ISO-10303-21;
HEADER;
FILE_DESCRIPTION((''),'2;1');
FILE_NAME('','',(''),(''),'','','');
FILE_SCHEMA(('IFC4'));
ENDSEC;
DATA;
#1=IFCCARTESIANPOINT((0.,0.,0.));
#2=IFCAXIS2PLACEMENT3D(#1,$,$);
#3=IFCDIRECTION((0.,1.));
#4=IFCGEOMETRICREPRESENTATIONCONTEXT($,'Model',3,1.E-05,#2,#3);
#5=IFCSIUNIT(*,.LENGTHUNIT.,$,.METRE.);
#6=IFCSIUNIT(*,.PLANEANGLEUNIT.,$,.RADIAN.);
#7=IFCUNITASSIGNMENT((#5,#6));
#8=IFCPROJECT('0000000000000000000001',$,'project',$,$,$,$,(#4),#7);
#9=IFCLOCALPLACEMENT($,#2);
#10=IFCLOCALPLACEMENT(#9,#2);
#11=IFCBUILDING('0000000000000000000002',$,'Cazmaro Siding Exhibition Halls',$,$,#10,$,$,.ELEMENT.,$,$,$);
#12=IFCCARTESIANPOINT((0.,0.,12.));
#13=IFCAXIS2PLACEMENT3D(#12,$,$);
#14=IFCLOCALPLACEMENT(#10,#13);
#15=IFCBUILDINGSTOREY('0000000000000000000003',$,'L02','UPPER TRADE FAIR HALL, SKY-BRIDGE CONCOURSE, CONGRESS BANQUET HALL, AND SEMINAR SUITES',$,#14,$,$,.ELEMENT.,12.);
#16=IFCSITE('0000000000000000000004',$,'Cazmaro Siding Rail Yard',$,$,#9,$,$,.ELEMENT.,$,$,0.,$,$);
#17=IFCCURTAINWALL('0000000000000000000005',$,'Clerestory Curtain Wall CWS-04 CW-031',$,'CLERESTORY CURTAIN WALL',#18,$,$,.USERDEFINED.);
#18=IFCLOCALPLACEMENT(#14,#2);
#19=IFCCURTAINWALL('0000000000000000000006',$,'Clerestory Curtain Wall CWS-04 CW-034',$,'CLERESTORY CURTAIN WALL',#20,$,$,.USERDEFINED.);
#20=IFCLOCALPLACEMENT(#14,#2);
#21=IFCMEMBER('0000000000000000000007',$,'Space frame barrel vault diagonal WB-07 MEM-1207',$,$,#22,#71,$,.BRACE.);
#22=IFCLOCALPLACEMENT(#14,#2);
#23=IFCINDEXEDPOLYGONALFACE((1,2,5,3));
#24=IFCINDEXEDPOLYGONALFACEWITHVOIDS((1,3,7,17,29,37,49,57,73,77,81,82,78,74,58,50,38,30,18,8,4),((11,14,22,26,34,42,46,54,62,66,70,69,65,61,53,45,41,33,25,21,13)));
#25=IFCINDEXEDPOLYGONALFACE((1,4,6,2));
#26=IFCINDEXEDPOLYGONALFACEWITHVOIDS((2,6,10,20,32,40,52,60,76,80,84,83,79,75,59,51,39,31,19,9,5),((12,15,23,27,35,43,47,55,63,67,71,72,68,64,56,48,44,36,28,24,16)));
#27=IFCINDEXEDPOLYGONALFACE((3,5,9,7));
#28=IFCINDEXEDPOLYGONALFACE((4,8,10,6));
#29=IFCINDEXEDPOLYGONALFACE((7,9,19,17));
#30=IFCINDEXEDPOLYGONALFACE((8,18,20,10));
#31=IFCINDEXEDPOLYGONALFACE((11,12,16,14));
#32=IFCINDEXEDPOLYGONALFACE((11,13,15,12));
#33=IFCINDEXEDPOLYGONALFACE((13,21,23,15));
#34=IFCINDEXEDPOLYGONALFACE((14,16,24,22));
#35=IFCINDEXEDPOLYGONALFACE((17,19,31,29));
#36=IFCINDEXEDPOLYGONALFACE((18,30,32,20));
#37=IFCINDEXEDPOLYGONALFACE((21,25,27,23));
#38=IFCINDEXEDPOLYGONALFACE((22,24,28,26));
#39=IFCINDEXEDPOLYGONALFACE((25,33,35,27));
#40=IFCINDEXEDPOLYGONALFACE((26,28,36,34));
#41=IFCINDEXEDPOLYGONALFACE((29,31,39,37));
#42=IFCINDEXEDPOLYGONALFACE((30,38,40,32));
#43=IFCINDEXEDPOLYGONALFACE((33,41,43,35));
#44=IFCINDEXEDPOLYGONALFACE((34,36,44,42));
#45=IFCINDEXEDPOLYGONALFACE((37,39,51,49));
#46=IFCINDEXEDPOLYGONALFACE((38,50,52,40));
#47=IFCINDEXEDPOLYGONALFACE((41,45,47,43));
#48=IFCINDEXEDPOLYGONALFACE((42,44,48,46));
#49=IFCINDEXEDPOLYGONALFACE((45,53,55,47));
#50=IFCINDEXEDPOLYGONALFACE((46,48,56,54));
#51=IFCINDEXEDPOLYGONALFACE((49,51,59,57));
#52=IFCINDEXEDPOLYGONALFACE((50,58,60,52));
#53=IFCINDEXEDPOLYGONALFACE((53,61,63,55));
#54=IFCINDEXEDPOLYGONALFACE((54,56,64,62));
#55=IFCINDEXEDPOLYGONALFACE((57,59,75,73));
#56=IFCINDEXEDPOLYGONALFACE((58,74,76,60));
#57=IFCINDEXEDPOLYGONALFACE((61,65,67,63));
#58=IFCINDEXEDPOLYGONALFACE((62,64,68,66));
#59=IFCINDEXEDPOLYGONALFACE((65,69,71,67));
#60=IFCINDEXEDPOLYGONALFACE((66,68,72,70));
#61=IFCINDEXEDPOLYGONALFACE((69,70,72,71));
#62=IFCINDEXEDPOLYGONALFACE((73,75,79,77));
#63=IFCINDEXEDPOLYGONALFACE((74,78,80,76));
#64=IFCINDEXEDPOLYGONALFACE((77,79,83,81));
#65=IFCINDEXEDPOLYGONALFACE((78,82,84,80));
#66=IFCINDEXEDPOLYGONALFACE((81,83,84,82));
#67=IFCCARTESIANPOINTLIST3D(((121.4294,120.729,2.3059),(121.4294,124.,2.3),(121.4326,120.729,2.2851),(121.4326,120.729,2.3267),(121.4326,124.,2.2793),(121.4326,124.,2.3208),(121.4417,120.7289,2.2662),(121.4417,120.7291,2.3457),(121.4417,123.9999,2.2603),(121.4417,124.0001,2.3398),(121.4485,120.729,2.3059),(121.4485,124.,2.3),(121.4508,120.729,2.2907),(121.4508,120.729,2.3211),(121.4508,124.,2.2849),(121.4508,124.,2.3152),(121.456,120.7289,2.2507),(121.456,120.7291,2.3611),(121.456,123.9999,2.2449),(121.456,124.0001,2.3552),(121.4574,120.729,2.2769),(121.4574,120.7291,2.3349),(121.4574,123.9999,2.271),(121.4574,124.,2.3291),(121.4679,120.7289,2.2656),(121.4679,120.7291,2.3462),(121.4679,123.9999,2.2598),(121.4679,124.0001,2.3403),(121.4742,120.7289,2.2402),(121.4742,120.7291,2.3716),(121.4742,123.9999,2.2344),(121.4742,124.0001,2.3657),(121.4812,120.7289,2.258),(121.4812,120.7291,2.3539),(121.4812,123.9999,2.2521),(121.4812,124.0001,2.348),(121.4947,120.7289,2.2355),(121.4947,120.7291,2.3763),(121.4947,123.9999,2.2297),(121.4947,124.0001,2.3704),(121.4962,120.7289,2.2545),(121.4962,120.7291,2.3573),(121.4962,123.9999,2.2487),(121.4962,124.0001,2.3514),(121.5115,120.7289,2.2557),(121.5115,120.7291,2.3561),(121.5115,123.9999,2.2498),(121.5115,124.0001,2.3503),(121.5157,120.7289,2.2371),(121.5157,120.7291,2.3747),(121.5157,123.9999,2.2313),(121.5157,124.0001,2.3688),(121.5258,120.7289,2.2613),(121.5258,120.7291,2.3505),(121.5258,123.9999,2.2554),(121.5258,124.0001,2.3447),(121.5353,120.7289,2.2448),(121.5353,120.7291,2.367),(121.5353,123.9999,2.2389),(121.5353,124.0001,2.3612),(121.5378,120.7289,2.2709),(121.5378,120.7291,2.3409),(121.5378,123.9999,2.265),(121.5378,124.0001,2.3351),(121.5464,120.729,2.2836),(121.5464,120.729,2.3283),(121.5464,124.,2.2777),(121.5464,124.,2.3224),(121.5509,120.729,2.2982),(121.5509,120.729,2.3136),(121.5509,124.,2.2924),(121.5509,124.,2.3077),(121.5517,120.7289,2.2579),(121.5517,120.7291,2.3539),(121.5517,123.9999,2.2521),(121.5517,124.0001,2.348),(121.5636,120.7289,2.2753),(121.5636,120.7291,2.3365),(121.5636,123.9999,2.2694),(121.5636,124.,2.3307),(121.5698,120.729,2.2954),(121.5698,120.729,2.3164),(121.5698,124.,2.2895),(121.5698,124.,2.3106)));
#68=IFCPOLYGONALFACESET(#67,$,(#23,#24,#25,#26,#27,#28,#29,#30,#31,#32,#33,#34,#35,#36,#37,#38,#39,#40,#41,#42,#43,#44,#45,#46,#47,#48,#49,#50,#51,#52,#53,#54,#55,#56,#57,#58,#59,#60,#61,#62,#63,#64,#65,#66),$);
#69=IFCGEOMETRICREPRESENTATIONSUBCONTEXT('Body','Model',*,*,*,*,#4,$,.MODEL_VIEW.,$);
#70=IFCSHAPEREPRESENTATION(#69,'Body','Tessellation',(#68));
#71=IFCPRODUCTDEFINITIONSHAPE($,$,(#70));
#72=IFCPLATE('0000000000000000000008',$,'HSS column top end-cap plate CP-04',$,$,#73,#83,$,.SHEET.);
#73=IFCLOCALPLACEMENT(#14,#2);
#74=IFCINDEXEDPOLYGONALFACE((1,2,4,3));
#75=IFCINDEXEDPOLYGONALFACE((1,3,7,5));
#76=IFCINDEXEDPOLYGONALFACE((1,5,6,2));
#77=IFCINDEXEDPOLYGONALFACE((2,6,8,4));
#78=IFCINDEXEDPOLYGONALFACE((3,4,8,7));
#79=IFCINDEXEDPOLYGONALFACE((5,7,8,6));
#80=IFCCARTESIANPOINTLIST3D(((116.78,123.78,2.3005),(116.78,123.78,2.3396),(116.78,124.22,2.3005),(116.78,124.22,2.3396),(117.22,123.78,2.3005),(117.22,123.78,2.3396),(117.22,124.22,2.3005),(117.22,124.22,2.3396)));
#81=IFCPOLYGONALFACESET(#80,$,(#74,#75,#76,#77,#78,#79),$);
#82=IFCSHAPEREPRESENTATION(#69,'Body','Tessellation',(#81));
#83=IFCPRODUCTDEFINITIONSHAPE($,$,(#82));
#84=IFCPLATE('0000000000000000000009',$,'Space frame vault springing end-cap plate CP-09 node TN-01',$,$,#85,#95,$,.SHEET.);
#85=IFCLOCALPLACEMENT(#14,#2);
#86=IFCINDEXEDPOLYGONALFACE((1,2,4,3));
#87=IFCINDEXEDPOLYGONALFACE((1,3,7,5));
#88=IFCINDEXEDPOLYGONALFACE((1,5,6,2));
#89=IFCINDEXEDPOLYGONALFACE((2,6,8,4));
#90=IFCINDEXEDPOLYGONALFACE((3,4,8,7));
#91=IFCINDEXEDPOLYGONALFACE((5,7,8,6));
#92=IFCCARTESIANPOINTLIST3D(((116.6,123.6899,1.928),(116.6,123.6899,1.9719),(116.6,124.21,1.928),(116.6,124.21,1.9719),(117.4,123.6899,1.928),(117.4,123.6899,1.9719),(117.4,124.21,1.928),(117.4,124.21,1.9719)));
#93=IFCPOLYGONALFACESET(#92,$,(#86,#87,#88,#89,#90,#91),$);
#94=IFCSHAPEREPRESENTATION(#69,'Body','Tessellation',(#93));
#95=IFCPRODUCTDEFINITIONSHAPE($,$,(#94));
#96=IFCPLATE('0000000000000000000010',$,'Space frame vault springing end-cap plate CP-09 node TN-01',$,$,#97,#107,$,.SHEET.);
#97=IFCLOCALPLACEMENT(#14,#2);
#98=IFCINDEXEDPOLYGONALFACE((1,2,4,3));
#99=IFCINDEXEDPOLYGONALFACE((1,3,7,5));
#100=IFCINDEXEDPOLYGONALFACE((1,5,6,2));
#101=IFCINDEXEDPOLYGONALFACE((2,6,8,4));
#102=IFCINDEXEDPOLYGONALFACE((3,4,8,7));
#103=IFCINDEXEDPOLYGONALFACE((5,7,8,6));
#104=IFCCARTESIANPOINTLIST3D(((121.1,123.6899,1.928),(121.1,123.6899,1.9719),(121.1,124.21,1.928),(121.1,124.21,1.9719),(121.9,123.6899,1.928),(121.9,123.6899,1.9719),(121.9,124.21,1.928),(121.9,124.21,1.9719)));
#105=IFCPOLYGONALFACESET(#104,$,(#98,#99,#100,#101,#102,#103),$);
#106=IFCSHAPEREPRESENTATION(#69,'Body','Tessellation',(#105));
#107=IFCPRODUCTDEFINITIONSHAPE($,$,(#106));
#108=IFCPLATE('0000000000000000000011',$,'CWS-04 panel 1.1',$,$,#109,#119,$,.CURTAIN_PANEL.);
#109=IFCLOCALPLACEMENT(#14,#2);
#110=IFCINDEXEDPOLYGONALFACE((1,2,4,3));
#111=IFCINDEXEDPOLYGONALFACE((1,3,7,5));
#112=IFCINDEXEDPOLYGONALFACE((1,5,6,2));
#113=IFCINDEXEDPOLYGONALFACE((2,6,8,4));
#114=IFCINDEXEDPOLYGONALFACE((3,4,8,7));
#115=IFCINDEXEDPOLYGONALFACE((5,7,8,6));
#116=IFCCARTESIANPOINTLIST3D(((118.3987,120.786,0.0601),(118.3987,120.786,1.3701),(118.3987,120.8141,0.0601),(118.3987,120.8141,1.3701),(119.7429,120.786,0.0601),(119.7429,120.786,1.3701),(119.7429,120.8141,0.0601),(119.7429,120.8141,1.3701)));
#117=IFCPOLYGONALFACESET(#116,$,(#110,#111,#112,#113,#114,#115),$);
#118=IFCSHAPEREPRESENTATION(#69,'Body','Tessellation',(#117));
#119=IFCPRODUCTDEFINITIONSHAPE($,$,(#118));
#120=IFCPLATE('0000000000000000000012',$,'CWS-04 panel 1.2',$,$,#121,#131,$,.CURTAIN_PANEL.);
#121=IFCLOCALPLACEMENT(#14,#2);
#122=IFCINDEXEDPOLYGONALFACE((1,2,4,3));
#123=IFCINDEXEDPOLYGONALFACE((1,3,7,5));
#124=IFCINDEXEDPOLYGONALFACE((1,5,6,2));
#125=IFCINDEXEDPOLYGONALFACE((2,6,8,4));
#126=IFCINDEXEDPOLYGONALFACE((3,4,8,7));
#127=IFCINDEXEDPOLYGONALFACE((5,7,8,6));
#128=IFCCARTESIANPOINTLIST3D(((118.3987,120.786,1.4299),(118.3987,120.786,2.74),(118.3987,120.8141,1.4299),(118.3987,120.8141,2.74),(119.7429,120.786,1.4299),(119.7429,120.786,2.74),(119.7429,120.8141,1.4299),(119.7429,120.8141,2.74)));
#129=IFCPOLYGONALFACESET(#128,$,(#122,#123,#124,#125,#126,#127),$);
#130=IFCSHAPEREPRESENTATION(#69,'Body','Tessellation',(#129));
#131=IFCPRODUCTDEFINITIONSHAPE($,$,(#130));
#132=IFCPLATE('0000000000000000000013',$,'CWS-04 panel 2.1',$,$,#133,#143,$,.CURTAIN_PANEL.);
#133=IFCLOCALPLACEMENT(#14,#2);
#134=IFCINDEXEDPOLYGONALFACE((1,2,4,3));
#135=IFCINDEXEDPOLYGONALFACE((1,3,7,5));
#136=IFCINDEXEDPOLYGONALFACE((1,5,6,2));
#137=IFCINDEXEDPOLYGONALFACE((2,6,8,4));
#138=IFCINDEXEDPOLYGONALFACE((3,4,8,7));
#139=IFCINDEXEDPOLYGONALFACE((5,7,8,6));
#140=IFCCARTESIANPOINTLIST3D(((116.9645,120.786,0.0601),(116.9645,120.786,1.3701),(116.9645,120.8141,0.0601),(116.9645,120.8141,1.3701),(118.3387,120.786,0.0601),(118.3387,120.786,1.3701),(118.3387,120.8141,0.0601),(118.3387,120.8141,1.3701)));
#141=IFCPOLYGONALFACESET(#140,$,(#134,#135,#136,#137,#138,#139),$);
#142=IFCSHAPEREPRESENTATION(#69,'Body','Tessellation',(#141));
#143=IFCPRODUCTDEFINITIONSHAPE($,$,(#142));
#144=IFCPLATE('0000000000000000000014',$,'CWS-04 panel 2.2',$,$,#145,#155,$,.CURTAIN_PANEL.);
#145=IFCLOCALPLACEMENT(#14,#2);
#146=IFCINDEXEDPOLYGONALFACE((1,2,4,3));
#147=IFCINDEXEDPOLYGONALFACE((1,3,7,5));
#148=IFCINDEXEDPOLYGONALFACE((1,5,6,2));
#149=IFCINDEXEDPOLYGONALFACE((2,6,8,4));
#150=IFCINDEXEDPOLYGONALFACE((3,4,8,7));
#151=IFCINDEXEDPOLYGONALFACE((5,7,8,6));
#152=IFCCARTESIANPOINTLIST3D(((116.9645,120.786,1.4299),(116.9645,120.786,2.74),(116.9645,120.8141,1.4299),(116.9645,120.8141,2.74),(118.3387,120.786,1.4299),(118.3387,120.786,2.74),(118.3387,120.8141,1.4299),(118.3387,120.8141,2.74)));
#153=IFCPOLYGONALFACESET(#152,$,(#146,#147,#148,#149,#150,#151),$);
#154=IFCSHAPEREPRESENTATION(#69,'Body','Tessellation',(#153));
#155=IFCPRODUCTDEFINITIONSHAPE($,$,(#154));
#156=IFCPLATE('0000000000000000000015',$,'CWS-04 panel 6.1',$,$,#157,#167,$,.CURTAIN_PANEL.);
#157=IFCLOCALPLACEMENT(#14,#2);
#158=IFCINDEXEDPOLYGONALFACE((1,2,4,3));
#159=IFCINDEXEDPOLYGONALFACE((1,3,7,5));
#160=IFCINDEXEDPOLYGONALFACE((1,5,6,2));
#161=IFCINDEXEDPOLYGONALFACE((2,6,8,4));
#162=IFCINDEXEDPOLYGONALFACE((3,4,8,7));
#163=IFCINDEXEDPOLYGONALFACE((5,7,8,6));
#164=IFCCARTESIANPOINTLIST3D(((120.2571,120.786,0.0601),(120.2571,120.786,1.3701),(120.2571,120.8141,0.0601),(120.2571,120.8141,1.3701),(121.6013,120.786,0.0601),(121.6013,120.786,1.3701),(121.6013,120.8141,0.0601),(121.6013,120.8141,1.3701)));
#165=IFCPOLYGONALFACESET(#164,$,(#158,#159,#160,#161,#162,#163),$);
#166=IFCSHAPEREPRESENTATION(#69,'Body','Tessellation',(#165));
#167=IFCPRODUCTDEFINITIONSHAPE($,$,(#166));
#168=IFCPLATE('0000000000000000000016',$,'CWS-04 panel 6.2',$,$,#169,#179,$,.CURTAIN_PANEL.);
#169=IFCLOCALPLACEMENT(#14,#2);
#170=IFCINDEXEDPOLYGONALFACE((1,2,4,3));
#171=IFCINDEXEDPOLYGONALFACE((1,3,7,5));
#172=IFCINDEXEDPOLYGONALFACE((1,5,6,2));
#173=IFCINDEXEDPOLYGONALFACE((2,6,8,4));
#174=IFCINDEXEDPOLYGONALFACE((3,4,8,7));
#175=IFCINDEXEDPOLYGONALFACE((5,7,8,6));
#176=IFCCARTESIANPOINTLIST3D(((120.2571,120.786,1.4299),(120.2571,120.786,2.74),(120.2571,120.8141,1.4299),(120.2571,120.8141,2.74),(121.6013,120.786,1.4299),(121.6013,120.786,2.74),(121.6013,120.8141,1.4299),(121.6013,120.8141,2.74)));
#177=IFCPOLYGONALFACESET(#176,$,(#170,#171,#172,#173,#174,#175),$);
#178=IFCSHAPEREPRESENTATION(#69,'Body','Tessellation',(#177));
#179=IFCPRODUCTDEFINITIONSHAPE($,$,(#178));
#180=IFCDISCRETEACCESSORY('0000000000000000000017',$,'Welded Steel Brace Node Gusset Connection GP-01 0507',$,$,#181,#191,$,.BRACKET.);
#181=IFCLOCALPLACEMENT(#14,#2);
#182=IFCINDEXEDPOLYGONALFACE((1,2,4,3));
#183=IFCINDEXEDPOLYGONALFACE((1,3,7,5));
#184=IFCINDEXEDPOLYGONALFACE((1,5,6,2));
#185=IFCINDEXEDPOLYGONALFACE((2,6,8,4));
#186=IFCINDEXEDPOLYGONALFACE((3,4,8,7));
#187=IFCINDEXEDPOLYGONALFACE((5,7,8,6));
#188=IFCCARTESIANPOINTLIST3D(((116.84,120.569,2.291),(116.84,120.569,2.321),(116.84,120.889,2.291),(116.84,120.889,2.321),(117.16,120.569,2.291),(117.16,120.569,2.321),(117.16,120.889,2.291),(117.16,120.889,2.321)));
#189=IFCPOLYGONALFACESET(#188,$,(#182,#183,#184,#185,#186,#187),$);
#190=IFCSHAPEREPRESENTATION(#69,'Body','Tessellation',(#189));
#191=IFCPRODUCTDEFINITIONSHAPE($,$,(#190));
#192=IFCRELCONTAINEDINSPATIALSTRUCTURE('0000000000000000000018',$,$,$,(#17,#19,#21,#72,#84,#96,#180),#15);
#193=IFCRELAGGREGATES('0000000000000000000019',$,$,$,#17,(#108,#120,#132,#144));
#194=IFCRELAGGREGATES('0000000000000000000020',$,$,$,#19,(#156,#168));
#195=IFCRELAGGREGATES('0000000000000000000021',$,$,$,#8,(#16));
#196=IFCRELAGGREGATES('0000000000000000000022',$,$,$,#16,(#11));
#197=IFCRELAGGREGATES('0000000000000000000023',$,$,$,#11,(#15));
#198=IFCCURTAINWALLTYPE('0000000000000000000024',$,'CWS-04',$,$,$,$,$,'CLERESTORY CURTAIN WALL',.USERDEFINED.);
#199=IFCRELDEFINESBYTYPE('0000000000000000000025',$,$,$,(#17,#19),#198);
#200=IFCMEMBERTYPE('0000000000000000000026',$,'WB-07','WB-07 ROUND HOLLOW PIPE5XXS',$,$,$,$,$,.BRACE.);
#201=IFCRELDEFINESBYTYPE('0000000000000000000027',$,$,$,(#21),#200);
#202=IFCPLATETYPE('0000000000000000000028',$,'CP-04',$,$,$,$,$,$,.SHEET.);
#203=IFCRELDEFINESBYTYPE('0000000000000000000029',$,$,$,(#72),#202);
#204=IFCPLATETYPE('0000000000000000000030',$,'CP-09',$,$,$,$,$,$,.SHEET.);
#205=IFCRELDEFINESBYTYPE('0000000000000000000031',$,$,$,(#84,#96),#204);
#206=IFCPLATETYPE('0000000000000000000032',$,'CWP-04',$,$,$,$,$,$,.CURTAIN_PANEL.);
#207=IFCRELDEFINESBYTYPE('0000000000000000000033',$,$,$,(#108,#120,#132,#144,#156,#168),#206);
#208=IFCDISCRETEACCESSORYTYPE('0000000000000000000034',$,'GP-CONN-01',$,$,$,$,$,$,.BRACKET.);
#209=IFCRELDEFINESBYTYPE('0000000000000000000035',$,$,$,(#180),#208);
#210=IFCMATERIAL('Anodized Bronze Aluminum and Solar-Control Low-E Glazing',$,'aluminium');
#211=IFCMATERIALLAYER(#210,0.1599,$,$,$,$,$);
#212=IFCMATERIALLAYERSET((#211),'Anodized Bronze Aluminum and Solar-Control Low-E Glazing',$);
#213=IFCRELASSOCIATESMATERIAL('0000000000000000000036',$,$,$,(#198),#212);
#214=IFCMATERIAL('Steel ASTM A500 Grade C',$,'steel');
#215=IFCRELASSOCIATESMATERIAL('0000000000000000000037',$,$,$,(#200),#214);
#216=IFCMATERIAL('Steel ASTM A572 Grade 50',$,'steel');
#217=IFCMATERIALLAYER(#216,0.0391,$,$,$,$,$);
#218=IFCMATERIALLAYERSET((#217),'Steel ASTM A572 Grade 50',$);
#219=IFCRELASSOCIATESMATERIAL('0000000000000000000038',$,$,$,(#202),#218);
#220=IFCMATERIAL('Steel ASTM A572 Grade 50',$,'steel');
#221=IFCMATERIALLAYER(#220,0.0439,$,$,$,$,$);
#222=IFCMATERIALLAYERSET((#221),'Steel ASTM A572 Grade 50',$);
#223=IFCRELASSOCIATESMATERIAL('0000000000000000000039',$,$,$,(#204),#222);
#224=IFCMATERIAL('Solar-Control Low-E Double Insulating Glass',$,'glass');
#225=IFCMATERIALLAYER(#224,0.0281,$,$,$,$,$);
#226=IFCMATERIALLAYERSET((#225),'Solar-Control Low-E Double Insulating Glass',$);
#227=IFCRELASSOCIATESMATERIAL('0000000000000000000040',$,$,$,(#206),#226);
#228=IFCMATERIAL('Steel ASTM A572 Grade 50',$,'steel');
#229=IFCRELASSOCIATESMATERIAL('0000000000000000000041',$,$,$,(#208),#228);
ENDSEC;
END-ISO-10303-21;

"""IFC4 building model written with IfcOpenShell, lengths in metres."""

from ifc_helpers import new_model, si_unit, direction, frame, origin, origin_2d, place, context, subcontext, project, spatial, rectangle, hollow_circle, extrude, material, layer, layer_set, material_profile, profile_set, type_object, element, aggregate, save


model = new_model("IFC4")

# Units and contexts
model_context = context("Model", 3, precision=1e-05, world=origin(), true_north=direction((0.0, 1.0)))
body_context = subcontext(model_context, "Body", "Model", "MODEL_VIEW")
ifc_project = project(units=[si_unit("LENGTHUNIT", "METRE"), si_unit("PLANEANGLEUNIT", "RADIAN")], contexts=[model_context])

# Site, building, storey
site_placement = place(None, origin())
site = spatial("IfcSite", under=ifc_project, at=site_placement, Name="Cazmaro Siding Rail Yard", CompositionType="ELEMENT", RefElevation=0.0)
building_placement = place(site_placement, origin())
building = spatial("IfcBuilding", under=site, at=building_placement, Name="Cazmaro Siding Exhibition Halls", CompositionType="ELEMENT")
storey_placement = place(building_placement, frame((0.0, 0.0, 12.0)))
storey = spatial("IfcBuildingStorey", under=building, at=storey_placement, Name="L02", Description="UPPER TRADE FAIR HALL, SKY-BRIDGE CONCOURSE, CONGRESS BANQUET HALL, AND SEMINAR SUITES", CompositionType="ELEMENT", Elevation=12.0)

# Curtain wall
ifc_material_1 = material(Name="Anodized Bronze Aluminum and Solar-Control Low-E Glazing", Category="aluminium")
ifc_layer_1 = layer(ifc_material_1, 0.1599)
ifc_layer_set_1 = layer_set([ifc_layer_1], Name="Anodized Bronze Aluminum and Solar-Control Low-E Glazing")
curtain_wall_type = type_object("IfcCurtainWallType", Name="CWS-04", ElementType="CLERESTORY CURTAIN WALL", PredefinedType="USERDEFINED", material=ifc_layer_set_1)
curtain_wall_1_placement = place(storey_placement, origin())
curtain_wall_1 = element("IfcCurtainWall", 1, at=curtain_wall_1_placement, inside=storey, type_object=curtain_wall_type, Name="Clerestory Curtain Wall CWS-04 CW-031", ObjectType="CLERESTORY CURTAIN WALL", PredefinedType="USERDEFINED")

# Curtain wall
curtain_wall_2_placement = place(storey_placement, origin())
curtain_wall_2 = element("IfcCurtainWall", 2, at=curtain_wall_2_placement, inside=storey, type_object=curtain_wall_type, Name="Clerestory Curtain Wall CWS-04 CW-034", ObjectType="CLERESTORY CURTAIN WALL", PredefinedType="USERDEFINED")

# Member
ifc_material_2 = material(Name="Steel ASTM A500 Grade C", Category="steel")
ifc_material_profile_1 = material_profile(ifc_material_2, hollow_circle(Radius=0.0706, WallThickness=0.019, at=origin_2d()), Name="PIPE5XXS")
ifc_profile_set_1 = profile_set([ifc_material_profile_1], Name="Steel ASTM A500 Grade C")
member_type_1 = type_object("IfcMemberType", Name="WB-07", Description="WB-07 ROUND HOLLOW PIPE5XXS", PredefinedType="BRACE", material=ifc_profile_set_1)
for number, where, z_axis, x_axis, name in (
    (3, (121.5, 120.729, 2.3059), (0.0, 0.999998, -0.001791), (-1.0, 0.0, 0.0), "Space frame barrel vault diagonal WB-07 MEM-1207"),
):
    element("IfcMember", number, at=place(storey_placement, frame(where, z_axis=z_axis, x_axis=x_axis)), inside=storey, type_object=member_type_1, Name=name, PredefinedType="BRACE", context=body_context, shape_type="SweptSolid", body=[
        extrude(hollow_circle(Radius=0.0706, WallThickness=0.019, at=origin_2d()), origin(), (0.0, 0.0, 1.0), 3.271),
    ])

# Plates
ifc_material_3 = material(Name="Steel ASTM A572 Grade 50", Category="steel")
ifc_layer_2 = layer(ifc_material_3, 0.0391)
ifc_layer_set_2 = layer_set([ifc_layer_2], Name="Steel ASTM A572 Grade 50")
plate_type_1 = type_object("IfcPlateType", Name="CP-04", PredefinedType="SHEET", material=ifc_layer_set_2)
plate_1_placement = place(storey_placement, frame((117.0, 124.0, 2.3005), z_axis=(0.0, 0.0, 1.0), x_axis=(1.0, 0.0, 0.0)))
element("IfcPlate", 4, at=plate_1_placement, inside=storey, type_object=plate_type_1, Name="HSS column top end-cap plate CP-04", PredefinedType="SHEET", context=body_context, shape_type="SweptSolid", body=[
    extrude(rectangle(XDim=0.4399, YDim=0.4399, at=origin_2d()), origin(), (0.0, 0.0, 1.0), 0.0391),
])
ifc_material_4 = material(Name="Steel ASTM A572 Grade 50", Category="steel")
ifc_layer_3 = layer(ifc_material_4, 0.0439)
ifc_layer_set_3 = layer_set([ifc_layer_3], Name="Steel ASTM A572 Grade 50")
plate_type_2 = type_object("IfcPlateType", Name="CP-09", PredefinedType="SHEET", material=ifc_layer_set_3)
for number, where, z_axis, x_axis, name in (
    (5, (117.0, 123.95, 1.928), (0.0, 0.0, 1.0), (1.0, 0.0, 0.0), "Space frame vault springing end-cap plate CP-09 node TN-01"),
    (6, (121.5, 123.95, 1.928), (0.0, 0.0, 1.0), (1.0, 0.0, 0.0), "Space frame vault springing end-cap plate CP-09 node TN-01"),
):
    element("IfcPlate", number, at=place(storey_placement, frame(where, z_axis=z_axis, x_axis=x_axis)), inside=storey, type_object=plate_type_2, Name=name, PredefinedType="SHEET", context=body_context, shape_type="SweptSolid", body=[
        extrude(rectangle(XDim=0.8, YDim=0.52, at=origin_2d()), origin(), (0.0, 0.0, 1.0), 0.0439),
    ])

# Plates
ifc_material_5 = material(Name="Solar-Control Low-E Double Insulating Glass", Category="glass")
ifc_layer_4 = layer(ifc_material_5, 0.0281)
ifc_layer_set_4 = layer_set([ifc_layer_4], Name="Solar-Control Low-E Double Insulating Glass")
plate_type_3 = type_object("IfcPlateType", Name="CWP-04", PredefinedType="CURTAIN_PANEL", material=ifc_layer_set_4)
plate_2_placement = place(storey_placement, frame((119.0708, 120.8, 0.0601), z_axis=(0.0, 0.0, 1.0), x_axis=(-1.0, 0.0, 0.0)))
plate_2 = element("IfcPlate", 7, at=plate_2_placement, type_object=plate_type_3, Name="CWS-04 panel 1.1", PredefinedType="CURTAIN_PANEL", context=body_context, shape_type="SweptSolid", body=[
    extrude(rectangle(XDim=1.3442, YDim=0.0281, at=origin_2d()), origin(), (0.0, 0.0, 1.0), 1.3101),
])
plate_3_placement = place(storey_placement, frame((119.0708, 120.8, 1.4299), z_axis=(0.0, 0.0, 1.0), x_axis=(-1.0, 0.0, 0.0)))
plate_3 = element("IfcPlate", 8, at=plate_3_placement, type_object=plate_type_3, Name="CWS-04 panel 1.2", PredefinedType="CURTAIN_PANEL", context=body_context, shape_type="SweptSolid", body=[
    extrude(rectangle(XDim=1.3442, YDim=0.0281, at=origin_2d()), origin(), (0.0, 0.0, 1.0), 1.3101),
])
plate_4_placement = place(storey_placement, frame((117.6516, 120.8, 0.0601), z_axis=(0.0, 0.0, 1.0), x_axis=(-1.0, 0.0, 0.0)))
plate_4 = element("IfcPlate", 9, at=plate_4_placement, type_object=plate_type_3, Name="CWS-04 panel 2.1", PredefinedType="CURTAIN_PANEL", context=body_context, shape_type="SweptSolid", body=[
    extrude(rectangle(XDim=1.3743, YDim=0.0281, at=origin_2d()), origin(), (0.0, 0.0, 1.0), 1.3101),
])
plate_5_placement = place(storey_placement, frame((117.6516, 120.8, 1.4299), z_axis=(0.0, 0.0, 1.0), x_axis=(-1.0, 0.0, 0.0)))
plate_5 = element("IfcPlate", 10, at=plate_5_placement, type_object=plate_type_3, Name="CWS-04 panel 2.2", PredefinedType="CURTAIN_PANEL", context=body_context, shape_type="SweptSolid", body=[
    extrude(rectangle(XDim=1.3743, YDim=0.0281, at=origin_2d()), origin(), (0.0, 0.0, 1.0), 1.3101),
])
aggregate(curtain_wall_1, [plate_2, plate_3, plate_4, plate_5])
plate_6_placement = place(storey_placement, frame((120.9292, 120.8, 0.0601), z_axis=(0.0, 0.0, 1.0), x_axis=(-1.0, 0.0, 0.0)))
plate_6 = element("IfcPlate", 11, at=plate_6_placement, type_object=plate_type_3, Name="CWS-04 panel 6.1", PredefinedType="CURTAIN_PANEL", context=body_context, shape_type="SweptSolid", body=[
    extrude(rectangle(XDim=1.3442, YDim=0.0281, at=origin_2d()), origin(), (0.0, 0.0, 1.0), 1.3101),
])
plate_7_placement = place(storey_placement, frame((120.9292, 120.8, 1.4299), z_axis=(0.0, 0.0, 1.0), x_axis=(-1.0, 0.0, 0.0)))
plate_7 = element("IfcPlate", 12, at=plate_7_placement, type_object=plate_type_3, Name="CWS-04 panel 6.2", PredefinedType="CURTAIN_PANEL", context=body_context, shape_type="SweptSolid", body=[
    extrude(rectangle(XDim=1.3442, YDim=0.0281, at=origin_2d()), origin(), (0.0, 0.0, 1.0), 1.3101),
])
aggregate(curtain_wall_2, [plate_6, plate_7])

# Discrete accessory
ifc_material_6 = material(Name="Steel ASTM A572 Grade 50", Category="steel")
discrete_accessory_type = type_object("IfcDiscreteAccessoryType", Name="GP-CONN-01", PredefinedType="BRACKET", material=ifc_material_6)
for number, where, z_axis, x_axis, name in (
    (13, (117.0, 120.729, 2.291), (0.0, 0.0, 1.0), (1.0, 0.0, 0.0), "Welded Steel Brace Node Gusset Connection GP-01 0507"),
):
    element("IfcDiscreteAccessory", number, at=place(storey_placement, frame(where, z_axis=z_axis, x_axis=x_axis)), inside=storey, type_object=discrete_accessory_type, Name=name, PredefinedType="BRACKET", context=body_context, shape_type="SweptSolid", body=[
        extrude(rectangle(XDim=0.3201, YDim=0.3201, at=origin_2d()), origin(), (0.0, 0.0, 1.0), 0.03),
    ])

save(model, "model.ifc")
